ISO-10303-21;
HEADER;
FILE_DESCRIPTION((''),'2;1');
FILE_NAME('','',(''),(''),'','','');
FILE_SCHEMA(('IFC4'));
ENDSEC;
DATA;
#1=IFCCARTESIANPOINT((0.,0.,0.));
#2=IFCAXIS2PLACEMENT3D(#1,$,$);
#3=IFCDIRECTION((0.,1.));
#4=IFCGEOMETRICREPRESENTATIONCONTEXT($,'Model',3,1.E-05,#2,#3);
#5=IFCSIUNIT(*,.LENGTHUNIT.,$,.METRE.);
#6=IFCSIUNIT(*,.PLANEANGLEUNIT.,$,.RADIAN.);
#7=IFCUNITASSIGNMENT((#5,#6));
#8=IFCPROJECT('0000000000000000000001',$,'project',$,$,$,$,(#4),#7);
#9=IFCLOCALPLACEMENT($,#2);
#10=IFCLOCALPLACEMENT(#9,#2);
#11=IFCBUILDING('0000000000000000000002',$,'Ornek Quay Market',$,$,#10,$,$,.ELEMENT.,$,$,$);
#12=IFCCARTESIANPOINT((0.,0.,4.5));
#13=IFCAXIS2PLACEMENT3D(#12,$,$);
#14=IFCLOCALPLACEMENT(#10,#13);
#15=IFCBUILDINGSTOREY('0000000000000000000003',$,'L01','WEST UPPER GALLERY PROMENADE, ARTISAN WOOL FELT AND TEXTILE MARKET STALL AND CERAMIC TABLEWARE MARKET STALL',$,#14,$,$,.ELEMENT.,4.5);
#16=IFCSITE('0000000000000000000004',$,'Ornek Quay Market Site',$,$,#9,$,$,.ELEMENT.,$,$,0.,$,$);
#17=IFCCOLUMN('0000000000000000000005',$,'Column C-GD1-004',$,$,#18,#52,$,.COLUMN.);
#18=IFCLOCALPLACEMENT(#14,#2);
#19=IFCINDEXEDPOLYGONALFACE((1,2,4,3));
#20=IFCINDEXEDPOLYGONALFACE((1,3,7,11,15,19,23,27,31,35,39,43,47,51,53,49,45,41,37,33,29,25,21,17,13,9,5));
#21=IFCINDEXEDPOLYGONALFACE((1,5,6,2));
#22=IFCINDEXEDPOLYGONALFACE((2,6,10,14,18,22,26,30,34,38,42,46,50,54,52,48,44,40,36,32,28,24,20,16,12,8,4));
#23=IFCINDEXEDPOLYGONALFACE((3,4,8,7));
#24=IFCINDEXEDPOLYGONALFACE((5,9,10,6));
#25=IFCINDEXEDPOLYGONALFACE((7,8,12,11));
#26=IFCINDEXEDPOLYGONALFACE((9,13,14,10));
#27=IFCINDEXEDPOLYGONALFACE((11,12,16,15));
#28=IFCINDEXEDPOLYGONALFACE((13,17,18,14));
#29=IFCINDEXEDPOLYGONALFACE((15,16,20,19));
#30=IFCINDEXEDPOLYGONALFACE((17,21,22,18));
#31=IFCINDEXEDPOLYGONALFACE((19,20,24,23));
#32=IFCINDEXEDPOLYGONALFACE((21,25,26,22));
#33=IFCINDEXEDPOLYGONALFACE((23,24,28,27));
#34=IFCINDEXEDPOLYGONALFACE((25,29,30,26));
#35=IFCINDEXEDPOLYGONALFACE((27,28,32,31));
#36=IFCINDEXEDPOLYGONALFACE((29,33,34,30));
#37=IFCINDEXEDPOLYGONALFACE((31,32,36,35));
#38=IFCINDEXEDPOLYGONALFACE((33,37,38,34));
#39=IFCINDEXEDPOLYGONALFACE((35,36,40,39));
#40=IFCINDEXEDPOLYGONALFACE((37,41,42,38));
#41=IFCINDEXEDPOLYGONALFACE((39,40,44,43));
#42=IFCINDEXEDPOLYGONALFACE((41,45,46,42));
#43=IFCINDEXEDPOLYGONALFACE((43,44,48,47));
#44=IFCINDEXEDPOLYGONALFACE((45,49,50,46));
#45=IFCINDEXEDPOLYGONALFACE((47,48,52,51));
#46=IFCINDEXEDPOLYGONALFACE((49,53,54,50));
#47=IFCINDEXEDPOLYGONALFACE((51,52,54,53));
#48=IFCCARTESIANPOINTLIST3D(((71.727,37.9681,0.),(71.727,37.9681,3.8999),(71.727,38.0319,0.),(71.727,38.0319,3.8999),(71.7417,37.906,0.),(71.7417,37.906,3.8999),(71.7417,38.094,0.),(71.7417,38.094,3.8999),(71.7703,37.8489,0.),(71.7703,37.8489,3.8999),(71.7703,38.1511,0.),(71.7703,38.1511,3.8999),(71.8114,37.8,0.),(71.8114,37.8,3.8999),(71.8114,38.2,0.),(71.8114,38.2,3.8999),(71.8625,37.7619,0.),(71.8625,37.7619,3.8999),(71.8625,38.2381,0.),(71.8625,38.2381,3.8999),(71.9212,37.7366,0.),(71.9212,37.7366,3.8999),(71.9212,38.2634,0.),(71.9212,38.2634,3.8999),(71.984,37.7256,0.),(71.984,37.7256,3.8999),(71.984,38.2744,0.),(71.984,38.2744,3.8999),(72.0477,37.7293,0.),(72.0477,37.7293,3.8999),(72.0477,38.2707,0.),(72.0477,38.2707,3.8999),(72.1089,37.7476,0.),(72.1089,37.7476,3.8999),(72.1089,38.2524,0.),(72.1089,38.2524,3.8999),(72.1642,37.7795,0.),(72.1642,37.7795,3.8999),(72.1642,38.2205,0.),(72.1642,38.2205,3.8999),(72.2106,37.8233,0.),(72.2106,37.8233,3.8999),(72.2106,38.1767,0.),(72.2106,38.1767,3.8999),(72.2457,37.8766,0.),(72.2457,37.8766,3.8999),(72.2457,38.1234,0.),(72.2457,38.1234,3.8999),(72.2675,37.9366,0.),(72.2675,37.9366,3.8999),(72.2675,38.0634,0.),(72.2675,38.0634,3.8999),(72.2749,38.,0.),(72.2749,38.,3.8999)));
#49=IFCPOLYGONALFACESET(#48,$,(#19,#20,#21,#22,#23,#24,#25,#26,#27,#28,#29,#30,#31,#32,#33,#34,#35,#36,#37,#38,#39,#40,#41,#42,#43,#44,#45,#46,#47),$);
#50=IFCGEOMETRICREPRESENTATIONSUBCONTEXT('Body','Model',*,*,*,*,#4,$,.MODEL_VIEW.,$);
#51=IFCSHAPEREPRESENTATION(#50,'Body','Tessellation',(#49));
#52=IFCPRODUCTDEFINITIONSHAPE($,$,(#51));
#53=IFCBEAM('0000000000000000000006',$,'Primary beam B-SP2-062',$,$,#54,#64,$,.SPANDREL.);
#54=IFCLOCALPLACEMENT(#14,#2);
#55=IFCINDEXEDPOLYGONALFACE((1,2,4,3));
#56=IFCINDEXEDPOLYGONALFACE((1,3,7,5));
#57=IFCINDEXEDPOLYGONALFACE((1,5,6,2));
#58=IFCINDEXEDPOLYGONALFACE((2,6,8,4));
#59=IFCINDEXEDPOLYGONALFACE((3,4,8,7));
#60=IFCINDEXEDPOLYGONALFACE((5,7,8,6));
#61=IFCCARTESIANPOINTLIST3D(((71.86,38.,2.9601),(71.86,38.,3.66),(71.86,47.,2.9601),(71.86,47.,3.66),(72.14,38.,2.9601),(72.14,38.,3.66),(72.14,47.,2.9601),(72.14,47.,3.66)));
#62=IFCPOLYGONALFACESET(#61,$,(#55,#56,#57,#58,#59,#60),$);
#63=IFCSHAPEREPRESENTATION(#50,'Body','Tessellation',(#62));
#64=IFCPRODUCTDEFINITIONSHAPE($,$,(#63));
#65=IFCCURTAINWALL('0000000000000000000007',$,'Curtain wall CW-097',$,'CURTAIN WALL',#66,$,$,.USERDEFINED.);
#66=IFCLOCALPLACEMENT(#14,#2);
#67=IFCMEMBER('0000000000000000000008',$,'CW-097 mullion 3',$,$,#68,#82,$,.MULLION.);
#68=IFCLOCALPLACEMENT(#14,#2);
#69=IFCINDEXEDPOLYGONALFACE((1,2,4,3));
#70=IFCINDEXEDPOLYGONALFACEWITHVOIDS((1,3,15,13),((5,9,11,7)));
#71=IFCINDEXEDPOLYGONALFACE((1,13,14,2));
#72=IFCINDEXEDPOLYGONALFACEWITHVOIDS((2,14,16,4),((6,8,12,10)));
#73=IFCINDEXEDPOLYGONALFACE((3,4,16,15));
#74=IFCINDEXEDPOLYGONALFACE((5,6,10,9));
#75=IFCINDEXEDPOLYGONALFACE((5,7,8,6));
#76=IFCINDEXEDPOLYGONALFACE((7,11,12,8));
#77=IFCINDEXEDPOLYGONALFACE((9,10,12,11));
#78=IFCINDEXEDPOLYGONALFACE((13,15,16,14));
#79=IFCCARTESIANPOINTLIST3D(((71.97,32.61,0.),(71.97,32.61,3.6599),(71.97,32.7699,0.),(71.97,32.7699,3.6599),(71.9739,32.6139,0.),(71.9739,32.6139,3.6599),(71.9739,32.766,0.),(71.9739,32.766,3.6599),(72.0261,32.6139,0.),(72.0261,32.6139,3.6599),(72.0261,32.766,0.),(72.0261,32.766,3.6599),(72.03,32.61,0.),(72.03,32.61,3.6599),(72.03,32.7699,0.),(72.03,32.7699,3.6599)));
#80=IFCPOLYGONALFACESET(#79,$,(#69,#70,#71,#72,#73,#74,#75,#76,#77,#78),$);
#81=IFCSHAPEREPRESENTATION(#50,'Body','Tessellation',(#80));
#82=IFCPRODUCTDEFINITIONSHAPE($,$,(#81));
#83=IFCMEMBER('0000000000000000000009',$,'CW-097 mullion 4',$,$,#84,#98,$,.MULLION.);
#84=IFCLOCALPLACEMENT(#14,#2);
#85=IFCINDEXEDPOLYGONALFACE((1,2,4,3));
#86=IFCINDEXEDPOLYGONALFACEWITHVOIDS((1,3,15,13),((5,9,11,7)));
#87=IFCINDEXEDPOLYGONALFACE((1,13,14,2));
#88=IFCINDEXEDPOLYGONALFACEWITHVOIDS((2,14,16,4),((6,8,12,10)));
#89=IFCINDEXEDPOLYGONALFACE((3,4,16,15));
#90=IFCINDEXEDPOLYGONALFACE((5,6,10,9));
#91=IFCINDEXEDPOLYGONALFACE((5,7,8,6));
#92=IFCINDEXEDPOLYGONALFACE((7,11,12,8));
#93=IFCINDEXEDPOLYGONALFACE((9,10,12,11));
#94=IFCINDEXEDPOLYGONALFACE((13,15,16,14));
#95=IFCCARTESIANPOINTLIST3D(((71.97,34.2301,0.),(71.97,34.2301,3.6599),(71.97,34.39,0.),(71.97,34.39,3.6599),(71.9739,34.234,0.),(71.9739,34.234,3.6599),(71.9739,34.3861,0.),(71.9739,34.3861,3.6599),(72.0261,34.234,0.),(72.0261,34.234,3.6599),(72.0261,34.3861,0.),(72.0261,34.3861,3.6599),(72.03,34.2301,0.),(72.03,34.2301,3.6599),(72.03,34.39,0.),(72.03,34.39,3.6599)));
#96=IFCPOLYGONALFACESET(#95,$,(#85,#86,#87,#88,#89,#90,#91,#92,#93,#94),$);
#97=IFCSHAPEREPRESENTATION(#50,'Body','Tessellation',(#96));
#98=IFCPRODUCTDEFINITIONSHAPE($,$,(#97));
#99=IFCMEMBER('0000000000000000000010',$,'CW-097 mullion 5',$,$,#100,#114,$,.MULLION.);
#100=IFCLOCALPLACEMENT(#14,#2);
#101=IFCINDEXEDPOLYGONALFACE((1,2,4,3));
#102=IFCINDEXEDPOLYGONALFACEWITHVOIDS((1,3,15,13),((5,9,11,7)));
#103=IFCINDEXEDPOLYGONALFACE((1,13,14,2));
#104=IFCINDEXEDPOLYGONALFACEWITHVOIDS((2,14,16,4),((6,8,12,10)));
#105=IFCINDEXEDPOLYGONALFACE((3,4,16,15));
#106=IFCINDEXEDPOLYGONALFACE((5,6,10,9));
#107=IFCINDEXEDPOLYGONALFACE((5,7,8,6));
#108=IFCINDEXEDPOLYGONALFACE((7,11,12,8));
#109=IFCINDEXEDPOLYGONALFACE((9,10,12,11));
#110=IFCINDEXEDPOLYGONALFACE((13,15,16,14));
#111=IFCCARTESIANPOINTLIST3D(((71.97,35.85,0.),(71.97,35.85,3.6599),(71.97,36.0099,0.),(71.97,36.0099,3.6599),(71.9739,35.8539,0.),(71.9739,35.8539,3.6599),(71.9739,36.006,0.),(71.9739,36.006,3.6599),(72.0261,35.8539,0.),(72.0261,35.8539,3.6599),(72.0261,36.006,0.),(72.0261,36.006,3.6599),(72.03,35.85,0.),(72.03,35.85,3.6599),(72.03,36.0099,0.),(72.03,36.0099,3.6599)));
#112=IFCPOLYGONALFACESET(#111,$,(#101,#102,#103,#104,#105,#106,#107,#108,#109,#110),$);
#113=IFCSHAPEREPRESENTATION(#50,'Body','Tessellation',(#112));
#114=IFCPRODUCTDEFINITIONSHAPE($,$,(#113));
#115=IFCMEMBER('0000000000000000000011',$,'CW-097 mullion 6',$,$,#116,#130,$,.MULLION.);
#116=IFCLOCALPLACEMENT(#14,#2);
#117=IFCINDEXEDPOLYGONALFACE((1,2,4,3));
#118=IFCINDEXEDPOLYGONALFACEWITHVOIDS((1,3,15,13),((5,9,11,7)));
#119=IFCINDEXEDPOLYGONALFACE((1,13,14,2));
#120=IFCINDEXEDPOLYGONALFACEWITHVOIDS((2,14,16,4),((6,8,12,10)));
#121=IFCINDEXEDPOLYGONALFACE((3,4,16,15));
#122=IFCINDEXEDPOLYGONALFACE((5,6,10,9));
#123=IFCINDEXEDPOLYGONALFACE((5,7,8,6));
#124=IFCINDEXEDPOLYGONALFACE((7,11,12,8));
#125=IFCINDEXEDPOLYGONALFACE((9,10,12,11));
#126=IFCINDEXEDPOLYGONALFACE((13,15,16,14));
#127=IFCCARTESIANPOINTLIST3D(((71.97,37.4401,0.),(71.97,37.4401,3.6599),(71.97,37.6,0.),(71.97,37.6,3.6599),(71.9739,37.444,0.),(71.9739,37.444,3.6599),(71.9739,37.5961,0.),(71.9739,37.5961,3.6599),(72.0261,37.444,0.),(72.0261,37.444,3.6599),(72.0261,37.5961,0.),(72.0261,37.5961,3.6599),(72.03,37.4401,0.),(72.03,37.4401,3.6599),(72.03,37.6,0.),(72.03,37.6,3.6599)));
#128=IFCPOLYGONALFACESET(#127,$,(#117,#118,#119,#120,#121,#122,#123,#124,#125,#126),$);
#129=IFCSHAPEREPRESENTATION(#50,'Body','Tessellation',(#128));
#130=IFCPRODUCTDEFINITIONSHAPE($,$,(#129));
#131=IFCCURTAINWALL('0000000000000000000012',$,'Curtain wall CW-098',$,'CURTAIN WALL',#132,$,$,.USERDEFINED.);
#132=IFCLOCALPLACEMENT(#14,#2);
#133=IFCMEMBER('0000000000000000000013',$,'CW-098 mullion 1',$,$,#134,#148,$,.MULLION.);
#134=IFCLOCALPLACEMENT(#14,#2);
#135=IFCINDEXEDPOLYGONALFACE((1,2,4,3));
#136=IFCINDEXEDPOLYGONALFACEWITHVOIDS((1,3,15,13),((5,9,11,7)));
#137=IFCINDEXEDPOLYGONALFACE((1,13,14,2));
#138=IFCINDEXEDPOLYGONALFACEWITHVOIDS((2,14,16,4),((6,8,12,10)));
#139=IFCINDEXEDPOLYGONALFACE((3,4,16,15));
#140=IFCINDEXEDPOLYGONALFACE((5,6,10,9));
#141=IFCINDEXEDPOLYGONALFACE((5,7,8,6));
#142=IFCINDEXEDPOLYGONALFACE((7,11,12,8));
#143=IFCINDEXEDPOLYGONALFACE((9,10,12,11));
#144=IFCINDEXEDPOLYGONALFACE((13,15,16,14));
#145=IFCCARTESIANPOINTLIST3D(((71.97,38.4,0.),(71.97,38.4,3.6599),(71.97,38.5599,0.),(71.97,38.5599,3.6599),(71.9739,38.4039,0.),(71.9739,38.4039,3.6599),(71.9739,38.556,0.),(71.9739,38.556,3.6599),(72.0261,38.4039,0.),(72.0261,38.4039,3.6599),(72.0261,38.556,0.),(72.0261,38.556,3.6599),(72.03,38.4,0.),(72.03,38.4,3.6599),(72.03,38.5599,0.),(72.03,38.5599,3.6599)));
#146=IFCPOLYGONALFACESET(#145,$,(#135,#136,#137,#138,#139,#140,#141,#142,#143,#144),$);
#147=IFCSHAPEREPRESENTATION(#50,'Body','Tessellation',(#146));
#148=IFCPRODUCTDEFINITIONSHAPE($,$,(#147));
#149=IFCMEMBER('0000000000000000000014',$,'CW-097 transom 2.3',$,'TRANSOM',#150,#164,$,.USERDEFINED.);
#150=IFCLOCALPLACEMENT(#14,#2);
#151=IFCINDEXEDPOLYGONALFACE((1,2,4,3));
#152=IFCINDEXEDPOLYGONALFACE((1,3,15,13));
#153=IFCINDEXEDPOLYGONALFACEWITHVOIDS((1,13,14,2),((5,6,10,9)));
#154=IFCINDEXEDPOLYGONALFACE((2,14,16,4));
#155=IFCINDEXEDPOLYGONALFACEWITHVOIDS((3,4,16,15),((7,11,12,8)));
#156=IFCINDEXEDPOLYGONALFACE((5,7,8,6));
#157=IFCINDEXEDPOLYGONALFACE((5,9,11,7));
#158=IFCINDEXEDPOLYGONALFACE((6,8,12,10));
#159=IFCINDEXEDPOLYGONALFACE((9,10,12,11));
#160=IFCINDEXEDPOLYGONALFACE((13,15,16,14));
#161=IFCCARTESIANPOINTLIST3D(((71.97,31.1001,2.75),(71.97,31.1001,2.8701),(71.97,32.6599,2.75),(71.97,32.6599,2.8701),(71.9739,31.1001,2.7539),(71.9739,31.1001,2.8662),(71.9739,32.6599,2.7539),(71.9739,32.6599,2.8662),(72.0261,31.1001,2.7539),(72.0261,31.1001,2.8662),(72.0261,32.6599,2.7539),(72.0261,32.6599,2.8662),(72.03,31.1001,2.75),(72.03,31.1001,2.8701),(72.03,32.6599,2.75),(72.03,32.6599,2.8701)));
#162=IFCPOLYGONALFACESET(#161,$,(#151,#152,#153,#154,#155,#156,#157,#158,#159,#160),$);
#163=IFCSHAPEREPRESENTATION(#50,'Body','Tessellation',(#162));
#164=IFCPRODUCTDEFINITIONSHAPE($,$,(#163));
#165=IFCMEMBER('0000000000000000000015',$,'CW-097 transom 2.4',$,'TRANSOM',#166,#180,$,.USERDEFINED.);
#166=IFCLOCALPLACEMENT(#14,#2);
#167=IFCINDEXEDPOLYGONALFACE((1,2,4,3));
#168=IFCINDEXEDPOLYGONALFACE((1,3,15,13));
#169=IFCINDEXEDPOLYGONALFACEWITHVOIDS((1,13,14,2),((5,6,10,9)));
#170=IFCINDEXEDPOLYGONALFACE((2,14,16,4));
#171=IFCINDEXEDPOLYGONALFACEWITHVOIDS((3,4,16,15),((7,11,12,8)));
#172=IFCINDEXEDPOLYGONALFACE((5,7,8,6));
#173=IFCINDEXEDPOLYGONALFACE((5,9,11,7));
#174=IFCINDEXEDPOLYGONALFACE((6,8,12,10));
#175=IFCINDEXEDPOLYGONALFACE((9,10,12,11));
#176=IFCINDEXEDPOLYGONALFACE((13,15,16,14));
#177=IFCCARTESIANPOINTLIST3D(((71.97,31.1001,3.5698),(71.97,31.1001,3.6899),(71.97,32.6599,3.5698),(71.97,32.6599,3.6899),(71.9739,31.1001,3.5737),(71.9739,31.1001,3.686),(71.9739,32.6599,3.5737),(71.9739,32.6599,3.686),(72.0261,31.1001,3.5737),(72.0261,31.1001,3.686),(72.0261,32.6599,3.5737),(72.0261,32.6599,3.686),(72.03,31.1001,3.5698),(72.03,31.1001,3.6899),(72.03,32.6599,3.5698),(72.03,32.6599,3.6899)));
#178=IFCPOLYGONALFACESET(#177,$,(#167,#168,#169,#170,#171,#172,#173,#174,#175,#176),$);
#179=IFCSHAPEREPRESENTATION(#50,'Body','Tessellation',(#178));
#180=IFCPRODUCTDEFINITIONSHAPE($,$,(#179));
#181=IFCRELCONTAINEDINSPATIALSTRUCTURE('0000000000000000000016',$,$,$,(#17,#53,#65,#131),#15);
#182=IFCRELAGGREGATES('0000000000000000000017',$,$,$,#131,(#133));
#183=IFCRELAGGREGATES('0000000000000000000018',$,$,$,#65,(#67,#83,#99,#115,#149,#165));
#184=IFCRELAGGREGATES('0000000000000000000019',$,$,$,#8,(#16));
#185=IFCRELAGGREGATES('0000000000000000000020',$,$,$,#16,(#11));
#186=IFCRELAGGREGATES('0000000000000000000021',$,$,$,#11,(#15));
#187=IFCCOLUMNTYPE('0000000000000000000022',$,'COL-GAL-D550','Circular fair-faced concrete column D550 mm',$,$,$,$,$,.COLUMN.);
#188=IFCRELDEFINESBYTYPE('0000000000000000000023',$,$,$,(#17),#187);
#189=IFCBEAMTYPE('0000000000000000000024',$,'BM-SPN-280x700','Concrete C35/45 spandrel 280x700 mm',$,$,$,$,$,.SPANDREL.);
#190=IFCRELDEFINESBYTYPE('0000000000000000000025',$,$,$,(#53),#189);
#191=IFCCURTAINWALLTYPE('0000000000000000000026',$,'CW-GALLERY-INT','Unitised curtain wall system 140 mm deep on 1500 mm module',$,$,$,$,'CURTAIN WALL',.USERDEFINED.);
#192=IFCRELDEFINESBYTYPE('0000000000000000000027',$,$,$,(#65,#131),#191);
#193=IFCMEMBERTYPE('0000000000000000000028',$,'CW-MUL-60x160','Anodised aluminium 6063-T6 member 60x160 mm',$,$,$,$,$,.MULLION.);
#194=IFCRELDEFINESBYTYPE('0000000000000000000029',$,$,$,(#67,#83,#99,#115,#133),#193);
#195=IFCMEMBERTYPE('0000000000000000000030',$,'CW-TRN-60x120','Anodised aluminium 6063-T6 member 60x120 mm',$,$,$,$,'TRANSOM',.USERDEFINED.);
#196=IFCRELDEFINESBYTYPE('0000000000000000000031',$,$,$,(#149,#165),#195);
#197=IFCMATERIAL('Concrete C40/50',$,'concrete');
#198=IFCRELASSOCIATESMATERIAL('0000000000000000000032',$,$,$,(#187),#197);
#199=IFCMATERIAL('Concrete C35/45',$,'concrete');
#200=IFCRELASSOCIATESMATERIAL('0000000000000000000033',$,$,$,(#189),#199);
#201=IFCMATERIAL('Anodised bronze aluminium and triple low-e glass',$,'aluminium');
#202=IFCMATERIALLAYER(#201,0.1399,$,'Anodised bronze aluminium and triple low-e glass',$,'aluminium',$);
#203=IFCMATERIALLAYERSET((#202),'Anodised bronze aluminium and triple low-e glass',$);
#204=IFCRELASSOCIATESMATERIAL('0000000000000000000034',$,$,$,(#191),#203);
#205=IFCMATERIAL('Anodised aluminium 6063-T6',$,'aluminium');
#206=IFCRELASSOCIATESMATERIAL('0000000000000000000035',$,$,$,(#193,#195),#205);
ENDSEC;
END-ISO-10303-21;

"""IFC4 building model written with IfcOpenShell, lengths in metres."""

from ifc_helpers import new_model, si_unit, direction, frame, origin, origin_2d, place, context, subcontext, project, spatial, rectangle, hollow_rectangle, circle, extrude, material, layer, layer_set, material_profile, profile_set, type_object, element, aggregate, save


model = new_model("IFC4")

# Units and contexts
model_context = context("Model", 3, precision=1e-05, world=origin(), true_north=direction((0.0, 1.0)))
body_context = subcontext(model_context, "Body", "Model", "MODEL_VIEW")
ifc_project = project(units=[si_unit("LENGTHUNIT", "METRE"), si_unit("PLANEANGLEUNIT", "RADIAN")], contexts=[model_context])

# Site, building, storey
site_placement = place(None, origin())
site = spatial("IfcSite", under=ifc_project, at=site_placement, Name="Ornek Quay Market Site", CompositionType="ELEMENT", RefElevation=0.0)
building_placement = place(site_placement, origin())
building = spatial("IfcBuilding", under=site, at=building_placement, Name="Ornek Quay Market", CompositionType="ELEMENT")
storey_placement = place(building_placement, frame((0.0, 0.0, 4.5)))
storey = spatial("IfcBuildingStorey", under=building, at=storey_placement, Name="L01", Description="WEST UPPER GALLERY PROMENADE, ARTISAN WOOL FELT AND TEXTILE MARKET STALL AND CERAMIC TABLEWARE MARKET STALL", CompositionType="ELEMENT", Elevation=4.5)

# Column
ifc_material_1 = material(Name="Concrete C40/50", Category="concrete")
ifc_material_profile_1 = material_profile(ifc_material_1, circle(Radius=0.2749, at=origin_2d()), Name="RC D550", Category="concrete")
ifc_profile_set_1 = profile_set([ifc_material_profile_1], Name="Concrete C40/50")
column_type = type_object("IfcColumnType", Name="COL-GAL-D550", Description="Circular fair-faced concrete column D550 mm", PredefinedType="COLUMN", material=ifc_profile_set_1)
column_placement = place(storey_placement, frame((72.0, 38.0, 0.0), z_axis=(0.0, 0.0, 1.0), x_axis=(1.0, 0.0, 0.0)))
element("IfcColumn", 1, at=column_placement, inside=storey, type_object=column_type, Name="Column C-GD1-004", PredefinedType="COLUMN", context=body_context, shape_type="SweptSolid", body=[
    extrude(circle(Radius=0.2749, at=origin_2d()), origin(), (0.0, 0.0, 1.0), 3.8999),
])

# Beam
ifc_material_2 = material(Name="Concrete C35/45", Category="concrete")
ifc_material_profile_2 = material_profile(ifc_material_2, rectangle(XDim=0.28, YDim=0.7, at=origin_2d()), Name="RC 280x700", Category="concrete")
ifc_profile_set_2 = profile_set([ifc_material_profile_2], Name="Concrete C35/45")
beam_type = type_object("IfcBeamType", Name="BM-SPN-280x700", Description="Concrete C35/45 spandrel 280x700 mm", PredefinedType="SPANDREL", material=ifc_profile_set_2)
beam_placement = place(storey_placement, frame((72.0, 38.0, 3.3101), z_axis=(0.0, 1.0, 0.0), x_axis=(-1.0, 0.0, 0.0)))
element("IfcBeam", 2, at=beam_placement, inside=storey, type_object=beam_type, Name="Primary beam B-SP2-062", PredefinedType="SPANDREL", context=body_context, shape_type="SweptSolid", body=[
    extrude(rectangle(XDim=0.28, YDim=0.7, at=origin_2d()), origin(), (0.0, 0.0, 1.0), 9.0),
])

# Curtain wall, members
ifc_material_3 = material(Name="Anodised bronze aluminium and triple low-e glass", Category="aluminium")
ifc_layer_1 = layer(ifc_material_3, 0.1399, Name="Anodised bronze aluminium and triple low-e glass", Category="aluminium")
ifc_layer_set_1 = layer_set([ifc_layer_1], Name="Anodised bronze aluminium and triple low-e glass")
curtain_wall_type = type_object("IfcCurtainWallType", Name="CW-GALLERY-INT", Description="Unitised curtain wall system 140 mm deep on 1500 mm module", ElementType="CURTAIN WALL", PredefinedType="USERDEFINED", material=ifc_layer_set_1)
curtain_wall_1_placement = place(storey_placement, origin())
curtain_wall_1 = element("IfcCurtainWall", 3, at=curtain_wall_1_placement, inside=storey, type_object=curtain_wall_type, Name="Curtain wall CW-097", ObjectType="CURTAIN WALL", PredefinedType="USERDEFINED")
ifc_material_4 = material(Name="Anodised aluminium 6063-T6", Category="aluminium")
ifc_material_profile_3 = material_profile(ifc_material_4, hollow_rectangle(XDim=0.0601, YDim=0.1599, WallThickness=0.0039, at=origin_2d()), Name="CW-MUL-60x160", Category="aluminium")
ifc_profile_set_3 = profile_set([ifc_material_profile_3], Name="Anodised aluminium 6063-T6")
member_type_1 = type_object("IfcMemberType", Name="CW-MUL-60x160", Description="Anodised aluminium 6063-T6 member 60x160 mm", PredefinedType="MULLION", material=ifc_profile_set_3)
member_1_placement = place(storey_placement, frame((72.0, 32.6899, 0.0), z_axis=(0.0, 0.0, 1.0), x_axis=(-1.0, 0.0, 0.0)))
member_1 = element("IfcMember", 4, at=member_1_placement, type_object=member_type_1, Name="CW-097 mullion 3", PredefinedType="MULLION", context=body_context, shape_type="SweptSolid", body=[
    extrude(hollow_rectangle(XDim=0.0601, YDim=0.1599, WallThickness=0.0039, at=origin_2d()), origin(), (0.0, 0.0, 1.0), 3.6599),
])
member_2_placement = place(storey_placement, frame((72.0, 34.3101, 0.0), z_axis=(0.0, 0.0, 1.0), x_axis=(-1.0, 0.0, 0.0)))
member_2 = element("IfcMember", 5, at=member_2_placement, type_object=member_type_1, Name="CW-097 mullion 4", PredefinedType="MULLION", context=body_context, shape_type="SweptSolid", body=[
    extrude(hollow_rectangle(XDim=0.0601, YDim=0.1599, WallThickness=0.0039, at=origin_2d()), origin(), (0.0, 0.0, 1.0), 3.6599),
])
member_3_placement = place(storey_placement, frame((72.0, 35.9299, 0.0), z_axis=(0.0, 0.0, 1.0), x_axis=(-1.0, 0.0, 0.0)))
member_3 = element("IfcMember", 6, at=member_3_placement, type_object=member_type_1, Name="CW-097 mullion 5", PredefinedType="MULLION", context=body_context, shape_type="SweptSolid", body=[
    extrude(hollow_rectangle(XDim=0.0601, YDim=0.1599, WallThickness=0.0039, at=origin_2d()), origin(), (0.0, 0.0, 1.0), 3.6599),
])
member_4_placement = place(storey_placement, frame((72.0, 37.52, 0.0), z_axis=(0.0, 0.0, 1.0), x_axis=(-1.0, 0.0, 0.0)))
member_4 = element("IfcMember", 7, at=member_4_placement, type_object=member_type_1, Name="CW-097 mullion 6", PredefinedType="MULLION", context=body_context, shape_type="SweptSolid", body=[
    extrude(hollow_rectangle(XDim=0.0601, YDim=0.1599, WallThickness=0.0039, at=origin_2d()), origin(), (0.0, 0.0, 1.0), 3.6599),
])

# Curtain wall, member
curtain_wall_2_placement = place(storey_placement, origin())
curtain_wall_2 = element("IfcCurtainWall", 8, at=curtain_wall_2_placement, inside=storey, type_object=curtain_wall_type, Name="Curtain wall CW-098", ObjectType="CURTAIN WALL", PredefinedType="USERDEFINED")
member_5_placement = place(storey_placement, frame((72.0, 38.48, 0.0), z_axis=(0.0, 0.0, 1.0), x_axis=(-1.0, 0.0, 0.0)))
member_5 = element("IfcMember", 9, at=member_5_placement, type_object=member_type_1, Name="CW-098 mullion 1", PredefinedType="MULLION", context=body_context, shape_type="SweptSolid", body=[
    extrude(hollow_rectangle(XDim=0.0601, YDim=0.1599, WallThickness=0.0039, at=origin_2d()), origin(), (0.0, 0.0, 1.0), 3.6599),
])
aggregate(curtain_wall_2, [member_5])

# Members
ifc_material_profile_4 = material_profile(ifc_material_4, hollow_rectangle(XDim=0.0601, YDim=0.1201, WallThickness=0.0039, at=origin_2d()), Name="CW-TRN-60x120", Category="aluminium")
ifc_profile_set_4 = profile_set([ifc_material_profile_4], Name="Anodised aluminium 6063-T6")
member_type_2 = type_object("IfcMemberType", Name="CW-TRN-60x120", Description="Anodised aluminium 6063-T6 member 60x120 mm", ElementType="TRANSOM", PredefinedType="USERDEFINED", material=ifc_profile_set_4)
member_6_placement = place(storey_placement, frame((72.0, 31.1001, 2.8101), z_axis=(0.0, 1.0, 0.0), x_axis=(-1.0, 0.0, 0.0)))
member_6 = element("IfcMember", 10, at=member_6_placement, type_object=member_type_2, Name="CW-097 transom 2.3", ObjectType="TRANSOM", PredefinedType="USERDEFINED", context=body_context, shape_type="SweptSolid", body=[
    extrude(hollow_rectangle(XDim=0.0601, YDim=0.1201, WallThickness=0.0039, at=origin_2d()), origin(), (0.0, 0.0, 1.0), 1.5598),
])
member_7_placement = place(storey_placement, frame((72.0, 31.1001, 3.6299), z_axis=(0.0, 1.0, 0.0), x_axis=(-1.0, 0.0, 0.0)))
member_7 = element("IfcMember", 11, at=member_7_placement, type_object=member_type_2, Name="CW-097 transom 2.4", ObjectType="TRANSOM", PredefinedType="USERDEFINED", context=body_context, shape_type="SweptSolid", body=[
    extrude(hollow_rectangle(XDim=0.0601, YDim=0.1201, WallThickness=0.0039, at=origin_2d()), origin(), (0.0, 0.0, 1.0), 1.5598),
])

aggregate(curtain_wall_1, [member_1, member_2, member_3, member_4, member_6, member_7])

save(model, "model.ifc")
